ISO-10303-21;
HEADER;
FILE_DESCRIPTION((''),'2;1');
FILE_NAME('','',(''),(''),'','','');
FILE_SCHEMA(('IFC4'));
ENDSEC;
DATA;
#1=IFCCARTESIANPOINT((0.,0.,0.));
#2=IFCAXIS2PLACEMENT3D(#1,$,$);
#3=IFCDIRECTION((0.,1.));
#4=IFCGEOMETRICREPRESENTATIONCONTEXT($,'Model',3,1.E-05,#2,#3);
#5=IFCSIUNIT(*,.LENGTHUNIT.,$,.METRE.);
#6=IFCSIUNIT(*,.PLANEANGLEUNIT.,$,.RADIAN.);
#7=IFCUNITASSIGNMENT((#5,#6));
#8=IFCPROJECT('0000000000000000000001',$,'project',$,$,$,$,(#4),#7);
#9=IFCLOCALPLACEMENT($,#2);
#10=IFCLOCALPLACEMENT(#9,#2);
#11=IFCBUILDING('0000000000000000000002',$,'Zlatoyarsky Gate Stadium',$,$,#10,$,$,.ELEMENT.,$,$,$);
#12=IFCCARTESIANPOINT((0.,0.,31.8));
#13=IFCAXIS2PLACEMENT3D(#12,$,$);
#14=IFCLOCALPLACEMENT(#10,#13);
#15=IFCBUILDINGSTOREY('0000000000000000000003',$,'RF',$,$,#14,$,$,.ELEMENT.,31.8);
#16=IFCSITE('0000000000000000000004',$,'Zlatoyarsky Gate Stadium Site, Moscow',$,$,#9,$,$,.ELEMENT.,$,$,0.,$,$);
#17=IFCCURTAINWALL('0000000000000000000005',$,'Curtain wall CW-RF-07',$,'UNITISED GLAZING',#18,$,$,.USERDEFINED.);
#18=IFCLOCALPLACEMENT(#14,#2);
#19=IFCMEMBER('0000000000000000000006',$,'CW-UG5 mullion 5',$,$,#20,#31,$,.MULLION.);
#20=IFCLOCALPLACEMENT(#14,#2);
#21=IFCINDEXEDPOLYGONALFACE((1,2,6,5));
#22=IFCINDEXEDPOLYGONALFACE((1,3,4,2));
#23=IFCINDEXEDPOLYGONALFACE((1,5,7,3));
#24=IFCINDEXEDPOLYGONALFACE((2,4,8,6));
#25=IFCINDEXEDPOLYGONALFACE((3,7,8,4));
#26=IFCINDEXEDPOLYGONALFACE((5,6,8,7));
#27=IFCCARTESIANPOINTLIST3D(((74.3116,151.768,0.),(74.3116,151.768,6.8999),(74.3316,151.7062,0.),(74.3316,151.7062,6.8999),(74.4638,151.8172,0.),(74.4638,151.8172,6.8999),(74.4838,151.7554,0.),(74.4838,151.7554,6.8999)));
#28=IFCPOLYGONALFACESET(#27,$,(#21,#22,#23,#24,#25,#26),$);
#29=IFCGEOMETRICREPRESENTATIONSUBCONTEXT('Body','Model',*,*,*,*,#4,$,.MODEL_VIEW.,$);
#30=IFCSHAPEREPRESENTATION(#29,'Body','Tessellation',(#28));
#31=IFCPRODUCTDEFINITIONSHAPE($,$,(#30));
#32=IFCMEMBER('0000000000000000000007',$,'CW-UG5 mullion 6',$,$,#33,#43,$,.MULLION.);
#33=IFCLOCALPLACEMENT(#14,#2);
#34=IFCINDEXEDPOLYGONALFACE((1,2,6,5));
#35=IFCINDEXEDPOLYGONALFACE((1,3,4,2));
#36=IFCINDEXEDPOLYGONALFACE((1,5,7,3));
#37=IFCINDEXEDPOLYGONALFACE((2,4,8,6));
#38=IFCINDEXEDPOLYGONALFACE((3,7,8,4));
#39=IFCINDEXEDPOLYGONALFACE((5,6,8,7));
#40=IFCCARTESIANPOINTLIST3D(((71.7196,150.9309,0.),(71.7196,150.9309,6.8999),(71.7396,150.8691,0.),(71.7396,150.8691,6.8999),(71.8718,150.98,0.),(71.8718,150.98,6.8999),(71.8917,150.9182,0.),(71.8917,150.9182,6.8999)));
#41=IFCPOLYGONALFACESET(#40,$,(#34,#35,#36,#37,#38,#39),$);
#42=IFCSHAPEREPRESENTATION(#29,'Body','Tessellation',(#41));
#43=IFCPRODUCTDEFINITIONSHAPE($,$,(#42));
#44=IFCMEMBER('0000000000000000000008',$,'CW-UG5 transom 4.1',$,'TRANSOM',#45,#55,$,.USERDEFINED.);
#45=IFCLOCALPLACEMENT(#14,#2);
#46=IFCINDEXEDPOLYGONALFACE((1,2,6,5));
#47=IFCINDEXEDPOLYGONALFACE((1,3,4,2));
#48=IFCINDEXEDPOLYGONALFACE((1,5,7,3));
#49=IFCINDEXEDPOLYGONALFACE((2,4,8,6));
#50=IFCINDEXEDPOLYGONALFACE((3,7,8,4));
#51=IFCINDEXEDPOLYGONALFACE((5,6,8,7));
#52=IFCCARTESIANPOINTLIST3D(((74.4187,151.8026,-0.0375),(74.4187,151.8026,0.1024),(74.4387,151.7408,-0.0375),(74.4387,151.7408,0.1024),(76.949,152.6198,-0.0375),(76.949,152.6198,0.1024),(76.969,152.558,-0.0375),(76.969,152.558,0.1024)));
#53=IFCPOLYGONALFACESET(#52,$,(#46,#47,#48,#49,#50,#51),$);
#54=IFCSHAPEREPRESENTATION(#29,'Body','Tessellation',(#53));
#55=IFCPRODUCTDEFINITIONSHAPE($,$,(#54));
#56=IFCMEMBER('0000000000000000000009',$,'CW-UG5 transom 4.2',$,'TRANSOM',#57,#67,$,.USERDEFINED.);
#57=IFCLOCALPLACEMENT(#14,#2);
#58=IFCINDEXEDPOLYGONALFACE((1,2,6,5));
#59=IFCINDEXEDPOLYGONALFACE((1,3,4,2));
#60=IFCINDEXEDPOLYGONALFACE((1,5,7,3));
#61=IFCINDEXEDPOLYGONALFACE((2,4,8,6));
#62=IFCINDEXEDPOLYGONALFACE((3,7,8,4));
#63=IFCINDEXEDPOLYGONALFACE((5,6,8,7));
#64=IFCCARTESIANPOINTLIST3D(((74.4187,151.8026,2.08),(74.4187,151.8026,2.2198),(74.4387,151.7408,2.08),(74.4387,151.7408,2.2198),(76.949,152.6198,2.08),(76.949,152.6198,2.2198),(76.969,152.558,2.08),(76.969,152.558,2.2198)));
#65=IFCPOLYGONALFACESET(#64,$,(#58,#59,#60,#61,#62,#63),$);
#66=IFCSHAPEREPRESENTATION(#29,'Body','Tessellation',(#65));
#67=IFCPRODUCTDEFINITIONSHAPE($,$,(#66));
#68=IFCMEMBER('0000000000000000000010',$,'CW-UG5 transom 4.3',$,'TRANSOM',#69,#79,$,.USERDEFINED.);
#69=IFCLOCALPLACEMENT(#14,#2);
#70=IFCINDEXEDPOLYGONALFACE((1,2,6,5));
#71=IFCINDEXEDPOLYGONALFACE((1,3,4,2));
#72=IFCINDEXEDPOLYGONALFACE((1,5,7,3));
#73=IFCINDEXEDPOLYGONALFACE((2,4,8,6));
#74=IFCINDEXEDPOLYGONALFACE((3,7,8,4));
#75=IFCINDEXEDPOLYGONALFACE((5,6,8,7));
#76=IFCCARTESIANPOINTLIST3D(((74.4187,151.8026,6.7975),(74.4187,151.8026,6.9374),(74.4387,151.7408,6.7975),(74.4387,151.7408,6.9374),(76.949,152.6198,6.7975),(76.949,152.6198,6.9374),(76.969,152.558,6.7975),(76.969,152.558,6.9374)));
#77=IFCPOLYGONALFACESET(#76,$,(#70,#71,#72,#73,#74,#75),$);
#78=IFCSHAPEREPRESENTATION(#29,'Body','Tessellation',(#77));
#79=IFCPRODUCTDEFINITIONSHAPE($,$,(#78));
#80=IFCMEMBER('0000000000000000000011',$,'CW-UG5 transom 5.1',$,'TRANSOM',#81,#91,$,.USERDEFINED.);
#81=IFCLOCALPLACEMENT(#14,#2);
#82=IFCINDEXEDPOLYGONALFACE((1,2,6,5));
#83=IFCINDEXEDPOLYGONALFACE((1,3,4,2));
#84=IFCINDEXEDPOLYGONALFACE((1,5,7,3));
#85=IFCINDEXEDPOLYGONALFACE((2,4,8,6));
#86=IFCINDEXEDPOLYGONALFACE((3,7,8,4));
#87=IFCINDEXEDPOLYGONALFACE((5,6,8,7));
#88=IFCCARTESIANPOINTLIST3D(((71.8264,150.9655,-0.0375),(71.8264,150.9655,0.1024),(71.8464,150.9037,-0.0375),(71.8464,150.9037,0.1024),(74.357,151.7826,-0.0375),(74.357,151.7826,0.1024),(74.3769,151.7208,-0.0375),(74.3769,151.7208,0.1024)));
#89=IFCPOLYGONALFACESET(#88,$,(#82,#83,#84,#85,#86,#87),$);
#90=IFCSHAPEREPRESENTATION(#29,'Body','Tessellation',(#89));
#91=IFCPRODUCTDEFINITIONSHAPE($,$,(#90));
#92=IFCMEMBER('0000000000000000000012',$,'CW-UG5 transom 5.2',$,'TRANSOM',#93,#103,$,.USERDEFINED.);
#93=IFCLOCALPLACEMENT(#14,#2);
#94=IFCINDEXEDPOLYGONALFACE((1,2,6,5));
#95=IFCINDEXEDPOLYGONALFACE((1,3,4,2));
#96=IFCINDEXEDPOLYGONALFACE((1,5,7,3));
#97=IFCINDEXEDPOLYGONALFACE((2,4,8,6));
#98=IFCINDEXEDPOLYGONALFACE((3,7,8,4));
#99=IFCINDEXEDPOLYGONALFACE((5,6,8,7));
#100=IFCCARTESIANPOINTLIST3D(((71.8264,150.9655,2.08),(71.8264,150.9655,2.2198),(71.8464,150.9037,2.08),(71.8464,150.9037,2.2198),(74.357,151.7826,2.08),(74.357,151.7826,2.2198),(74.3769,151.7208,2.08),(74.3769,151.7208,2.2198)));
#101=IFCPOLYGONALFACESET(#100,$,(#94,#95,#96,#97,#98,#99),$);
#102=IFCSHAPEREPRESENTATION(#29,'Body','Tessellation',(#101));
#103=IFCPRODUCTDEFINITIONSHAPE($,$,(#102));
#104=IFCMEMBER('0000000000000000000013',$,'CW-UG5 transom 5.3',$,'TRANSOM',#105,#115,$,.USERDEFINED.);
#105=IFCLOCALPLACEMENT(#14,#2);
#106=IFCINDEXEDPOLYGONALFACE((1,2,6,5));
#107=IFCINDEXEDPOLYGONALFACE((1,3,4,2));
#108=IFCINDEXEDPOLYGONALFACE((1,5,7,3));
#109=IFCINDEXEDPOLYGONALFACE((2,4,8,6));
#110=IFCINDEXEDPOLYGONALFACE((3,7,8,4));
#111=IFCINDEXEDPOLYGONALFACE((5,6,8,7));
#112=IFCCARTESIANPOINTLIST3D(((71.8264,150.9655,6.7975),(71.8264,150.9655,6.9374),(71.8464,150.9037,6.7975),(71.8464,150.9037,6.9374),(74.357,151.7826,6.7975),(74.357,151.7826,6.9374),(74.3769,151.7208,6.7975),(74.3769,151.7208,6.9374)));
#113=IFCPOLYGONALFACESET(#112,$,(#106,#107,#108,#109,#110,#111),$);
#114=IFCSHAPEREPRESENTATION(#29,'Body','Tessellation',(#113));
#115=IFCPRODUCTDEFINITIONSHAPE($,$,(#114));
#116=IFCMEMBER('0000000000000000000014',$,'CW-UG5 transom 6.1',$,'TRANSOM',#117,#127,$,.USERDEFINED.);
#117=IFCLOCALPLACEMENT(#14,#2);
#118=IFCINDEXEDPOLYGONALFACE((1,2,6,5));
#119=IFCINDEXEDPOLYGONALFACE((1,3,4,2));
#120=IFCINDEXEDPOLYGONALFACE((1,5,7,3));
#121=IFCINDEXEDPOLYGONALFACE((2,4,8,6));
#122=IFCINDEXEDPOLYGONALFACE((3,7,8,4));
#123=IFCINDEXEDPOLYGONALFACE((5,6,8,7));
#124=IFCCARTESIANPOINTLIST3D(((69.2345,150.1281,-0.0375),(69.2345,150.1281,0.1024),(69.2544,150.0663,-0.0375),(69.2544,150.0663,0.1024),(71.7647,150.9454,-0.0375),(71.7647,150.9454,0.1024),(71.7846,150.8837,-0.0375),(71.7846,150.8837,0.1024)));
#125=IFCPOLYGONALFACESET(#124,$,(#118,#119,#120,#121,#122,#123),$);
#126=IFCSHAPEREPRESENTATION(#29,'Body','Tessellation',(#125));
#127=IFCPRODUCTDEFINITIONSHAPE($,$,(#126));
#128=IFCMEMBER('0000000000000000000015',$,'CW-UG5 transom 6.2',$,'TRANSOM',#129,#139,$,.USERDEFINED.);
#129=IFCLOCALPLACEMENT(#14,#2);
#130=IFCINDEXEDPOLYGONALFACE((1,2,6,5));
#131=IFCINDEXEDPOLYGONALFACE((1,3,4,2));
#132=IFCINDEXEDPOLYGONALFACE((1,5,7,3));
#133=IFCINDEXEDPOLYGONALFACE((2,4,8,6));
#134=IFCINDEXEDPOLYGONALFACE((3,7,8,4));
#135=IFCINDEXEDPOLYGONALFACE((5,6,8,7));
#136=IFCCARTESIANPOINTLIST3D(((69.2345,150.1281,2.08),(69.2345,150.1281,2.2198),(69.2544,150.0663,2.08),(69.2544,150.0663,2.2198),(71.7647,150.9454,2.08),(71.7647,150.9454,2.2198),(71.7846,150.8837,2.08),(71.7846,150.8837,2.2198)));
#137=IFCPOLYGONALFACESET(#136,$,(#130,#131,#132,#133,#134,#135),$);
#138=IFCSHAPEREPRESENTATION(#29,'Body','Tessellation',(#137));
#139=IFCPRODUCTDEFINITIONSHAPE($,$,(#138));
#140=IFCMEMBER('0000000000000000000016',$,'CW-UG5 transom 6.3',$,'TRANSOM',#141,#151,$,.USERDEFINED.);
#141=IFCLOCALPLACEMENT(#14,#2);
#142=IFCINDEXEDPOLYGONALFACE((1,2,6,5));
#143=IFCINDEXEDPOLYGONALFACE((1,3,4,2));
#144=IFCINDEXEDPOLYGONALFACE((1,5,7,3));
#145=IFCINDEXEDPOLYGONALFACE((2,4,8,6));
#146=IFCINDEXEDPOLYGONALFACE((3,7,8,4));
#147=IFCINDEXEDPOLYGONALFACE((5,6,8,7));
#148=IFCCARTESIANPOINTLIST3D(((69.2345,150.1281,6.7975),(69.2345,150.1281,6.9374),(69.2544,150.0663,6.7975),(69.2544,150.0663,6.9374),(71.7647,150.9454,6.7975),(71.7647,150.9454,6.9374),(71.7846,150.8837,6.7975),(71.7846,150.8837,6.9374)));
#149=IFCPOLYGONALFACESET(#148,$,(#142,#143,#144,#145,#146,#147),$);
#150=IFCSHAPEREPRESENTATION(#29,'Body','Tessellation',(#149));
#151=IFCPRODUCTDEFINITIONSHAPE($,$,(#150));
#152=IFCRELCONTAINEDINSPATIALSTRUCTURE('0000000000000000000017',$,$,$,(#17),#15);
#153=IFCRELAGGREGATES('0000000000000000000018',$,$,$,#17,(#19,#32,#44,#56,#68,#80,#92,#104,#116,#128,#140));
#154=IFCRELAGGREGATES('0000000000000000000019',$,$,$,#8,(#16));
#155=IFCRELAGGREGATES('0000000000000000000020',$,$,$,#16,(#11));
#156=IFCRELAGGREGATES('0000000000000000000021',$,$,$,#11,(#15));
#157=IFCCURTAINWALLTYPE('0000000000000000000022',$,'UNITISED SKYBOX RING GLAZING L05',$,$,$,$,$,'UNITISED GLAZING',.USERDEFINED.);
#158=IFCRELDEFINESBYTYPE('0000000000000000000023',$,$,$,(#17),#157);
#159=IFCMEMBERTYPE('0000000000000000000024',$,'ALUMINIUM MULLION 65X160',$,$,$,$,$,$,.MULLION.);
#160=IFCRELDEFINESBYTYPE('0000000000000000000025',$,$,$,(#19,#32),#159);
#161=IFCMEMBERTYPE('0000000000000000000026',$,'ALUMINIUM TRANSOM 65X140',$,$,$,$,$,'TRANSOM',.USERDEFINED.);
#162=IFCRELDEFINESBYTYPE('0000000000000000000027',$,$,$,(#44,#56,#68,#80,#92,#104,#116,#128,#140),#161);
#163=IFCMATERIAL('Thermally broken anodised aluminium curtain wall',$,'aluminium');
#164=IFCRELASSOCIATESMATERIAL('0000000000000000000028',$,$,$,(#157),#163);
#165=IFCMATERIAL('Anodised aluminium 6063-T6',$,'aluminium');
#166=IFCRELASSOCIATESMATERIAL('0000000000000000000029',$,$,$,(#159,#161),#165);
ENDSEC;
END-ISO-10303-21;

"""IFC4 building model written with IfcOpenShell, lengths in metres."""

from ifc_helpers import new_model, si_unit, direction, frame, origin, origin_2d, place, context, subcontext, project, spatial, rectangle, extrude, material, material_profile, profile_set, type_object, element, aggregate, save


model = new_model("IFC4")

# Units and contexts
model_context = context("Model", 3, precision=1e-05, world=origin(), true_north=direction((0.0, 1.0)))
body_context = subcontext(model_context, "Body", "Model", "MODEL_VIEW")
ifc_project = project(units=[si_unit("LENGTHUNIT", "METRE"), si_unit("PLANEANGLEUNIT", "RADIAN")], contexts=[model_context])

# Site, building, storey
site_placement = place(None, origin())
site = spatial("IfcSite", under=ifc_project, at=site_placement, Name="Zlatoyarsky Gate Stadium Site, Moscow", CompositionType="ELEMENT", RefElevation=0.0)
building_placement = place(site_placement, origin())
building = spatial("IfcBuilding", under=site, at=building_placement, Name="Zlatoyarsky Gate Stadium", CompositionType="ELEMENT")
storey_placement = place(building_placement, frame((0.0, 0.0, 31.8)))
storey = spatial("IfcBuildingStorey", under=building, at=storey_placement, Name="RF", CompositionType="ELEMENT", Elevation=31.8)

# Curtain wall, members
ifc_material_1 = material(Name="Thermally broken anodised aluminium curtain wall", Category="aluminium")
curtain_wall_type = type_object("IfcCurtainWallType", Name="UNITISED SKYBOX RING GLAZING L05", ElementType="UNITISED GLAZING", PredefinedType="USERDEFINED", material=ifc_material_1)
curtain_wall_placement = place(storey_placement, origin())
curtain_wall = element("IfcCurtainWall", 1, at=curtain_wall_placement, inside=storey, type_object=curtain_wall_type, Name="Curtain wall CW-RF-07", ObjectType="UNITISED GLAZING", PredefinedType="USERDEFINED")
ifc_material_2 = material(Name="Anodised aluminium 6063-T6", Category="aluminium")
ifc_material_profile_1 = material_profile(ifc_material_2, rectangle(XDim=0.0649, YDim=0.1599, at=origin_2d()), Name="ALU 65X160")
ifc_profile_set_1 = profile_set([ifc_material_profile_1], Name="Anodised aluminium 6063-T6")
member_type_1 = type_object("IfcMemberType", Name="ALUMINIUM MULLION 65X160", PredefinedType="MULLION", material=ifc_profile_set_1)
member_1_placement = place(storey_placement, frame((74.3977, 151.7617, 0.0), z_axis=(0.0, 0.0, 1.0), x_axis=(0.307352, -0.951596, 0.0)))
member_1 = element("IfcMember", 2, at=member_1_placement, type_object=member_type_1, Name="CW-UG5 mullion 5", PredefinedType="MULLION", context=body_context, shape_type="SweptSolid", body=[
    extrude(rectangle(XDim=0.0649, YDim=0.1599, at=origin_2d()), origin(), (0.0, 0.0, 1.0), 6.8999),
])
member_2_placement = place(storey_placement, frame((71.8057, 150.9246, 0.0), z_axis=(0.0, 0.0, 1.0), x_axis=(0.307352, -0.951596, 0.0)))
member_2 = element("IfcMember", 3, at=member_2_placement, type_object=member_type_1, Name="CW-UG5 mullion 6", PredefinedType="MULLION", context=body_context, shape_type="SweptSolid", body=[
    extrude(rectangle(XDim=0.0649, YDim=0.1599, at=origin_2d()), origin(), (0.0, 0.0, 1.0), 6.8999),
])
ifc_material_profile_2 = material_profile(ifc_material_2, rectangle(XDim=0.0649, YDim=0.1399, at=origin_2d()), Name="ALU 65X140")
ifc_profile_set_2 = profile_set([ifc_material_profile_2], Name="Anodised aluminium 6063-T6")
member_type_2 = type_object("IfcMemberType", Name="ALUMINIUM TRANSOM 65X140", ElementType="TRANSOM", PredefinedType="USERDEFINED", material=ifc_profile_set_2)
member_3_placement = place(storey_placement, frame((76.959, 152.5889, 0.0325), z_axis=(-0.951607, -0.307317, 0.0), x_axis=(0.307317, -0.951607, 0.0)))
member_3 = element("IfcMember", 4, at=member_3_placement, type_object=member_type_2, Name="CW-UG5 transom 4.1", ObjectType="TRANSOM", PredefinedType="USERDEFINED", context=body_context, shape_type="SweptSolid", body=[
    extrude(rectangle(XDim=0.0649, YDim=0.1399, at=origin_2d()), origin(), (0.0, 0.0, 1.0), 2.6589),
])
member_4_placement = place(storey_placement, frame((76.959, 152.5889, 2.1499), z_axis=(-0.951607, -0.307317, 0.0), x_axis=(0.307317, -0.951607, 0.0)))
member_4 = element("IfcMember", 5, at=member_4_placement, type_object=member_type_2, Name="CW-UG5 transom 4.2", ObjectType="TRANSOM", PredefinedType="USERDEFINED", context=body_context, shape_type="SweptSolid", body=[
    extrude(rectangle(XDim=0.0649, YDim=0.1399, at=origin_2d()), origin(), (0.0, 0.0, 1.0), 2.6589),
])
member_5_placement = place(storey_placement, frame((76.959, 152.5889, 6.8674), z_axis=(-0.951607, -0.307317, 0.0), x_axis=(0.307317, -0.951607, 0.0)))
member_5 = element("IfcMember", 6, at=member_5_placement, type_object=member_type_2, Name="CW-UG5 transom 4.3", ObjectType="TRANSOM", PredefinedType="USERDEFINED", context=body_context, shape_type="SweptSolid", body=[
    extrude(rectangle(XDim=0.0649, YDim=0.1399, at=origin_2d()), origin(), (0.0, 0.0, 1.0), 2.6589),
])
member_6_placement = place(storey_placement, frame((74.3669, 151.7517, 0.0325), z_axis=(-0.951616, -0.30729, 0.0), x_axis=(0.30729, -0.951616, 0.0)))
member_6 = element("IfcMember", 7, at=member_6_placement, type_object=member_type_2, Name="CW-UG5 transom 5.1", ObjectType="TRANSOM", PredefinedType="USERDEFINED", context=body_context, shape_type="SweptSolid", body=[
    extrude(rectangle(XDim=0.0649, YDim=0.1399, at=origin_2d()), origin(), (0.0, 0.0, 1.0), 2.6592),
])
member_7_placement = place(storey_placement, frame((74.3669, 151.7517, 2.1499), z_axis=(-0.951616, -0.30729, 0.0), x_axis=(0.30729, -0.951616, 0.0)))
member_7 = element("IfcMember", 8, at=member_7_placement, type_object=member_type_2, Name="CW-UG5 transom 5.2", ObjectType="TRANSOM", PredefinedType="USERDEFINED", context=body_context, shape_type="SweptSolid", body=[
    extrude(rectangle(XDim=0.0649, YDim=0.1399, at=origin_2d()), origin(), (0.0, 0.0, 1.0), 2.6592),
])
member_8_placement = place(storey_placement, frame((74.3669, 151.7517, 6.8674), z_axis=(-0.951616, -0.30729, 0.0), x_axis=(0.30729, -0.951616, 0.0)))
member_8 = element("IfcMember", 9, at=member_8_placement, type_object=member_type_2, Name="CW-UG5 transom 5.3", ObjectType="TRANSOM", PredefinedType="USERDEFINED", context=body_context, shape_type="SweptSolid", body=[
    extrude(rectangle(XDim=0.0649, YDim=0.1399, at=origin_2d()), origin(), (0.0, 0.0, 1.0), 2.6592),
])
member_9_placement = place(storey_placement, frame((71.7747, 150.9146, 0.0325), z_axis=(-0.95158, -0.3074, 0.0), x_axis=(0.3074, -0.95158, 0.0)))
member_9 = element("IfcMember", 10, at=member_9_placement, type_object=member_type_2, Name="CW-UG5 transom 6.1", ObjectType="TRANSOM", PredefinedType="USERDEFINED", context=body_context, shape_type="SweptSolid", body=[
    extrude(rectangle(XDim=0.0649, YDim=0.1399, at=origin_2d()), origin(), (0.0, 0.0, 1.0), 2.6589),
])
member_10_placement = place(storey_placement, frame((71.7747, 150.9146, 2.1499), z_axis=(-0.95158, -0.3074, 0.0), x_axis=(0.3074, -0.95158, 0.0)))
member_10 = element("IfcMember", 11, at=member_10_placement, type_object=member_type_2, Name="CW-UG5 transom 6.2", ObjectType="TRANSOM", PredefinedType="USERDEFINED", context=body_context, shape_type="SweptSolid", body=[
    extrude(rectangle(XDim=0.0649, YDim=0.1399, at=origin_2d()), origin(), (0.0, 0.0, 1.0), 2.6589),
])
member_11_placement = place(storey_placement, frame((71.7747, 150.9146, 6.8674), z_axis=(-0.95158, -0.3074, 0.0), x_axis=(0.3074, -0.95158, 0.0)))
member_11 = element("IfcMember", 12, at=member_11_placement, type_object=member_type_2, Name="CW-UG5 transom 6.3", ObjectType="TRANSOM", PredefinedType="USERDEFINED", context=body_context, shape_type="SweptSolid", body=[
    extrude(rectangle(XDim=0.0649, YDim=0.1399, at=origin_2d()), origin(), (0.0, 0.0, 1.0), 2.6589),
])

aggregate(curtain_wall, [member_1, member_2, member_3, member_4, member_5, member_6, member_7, member_8, member_9, member_10, member_11])

save(model, "model.ifc")
